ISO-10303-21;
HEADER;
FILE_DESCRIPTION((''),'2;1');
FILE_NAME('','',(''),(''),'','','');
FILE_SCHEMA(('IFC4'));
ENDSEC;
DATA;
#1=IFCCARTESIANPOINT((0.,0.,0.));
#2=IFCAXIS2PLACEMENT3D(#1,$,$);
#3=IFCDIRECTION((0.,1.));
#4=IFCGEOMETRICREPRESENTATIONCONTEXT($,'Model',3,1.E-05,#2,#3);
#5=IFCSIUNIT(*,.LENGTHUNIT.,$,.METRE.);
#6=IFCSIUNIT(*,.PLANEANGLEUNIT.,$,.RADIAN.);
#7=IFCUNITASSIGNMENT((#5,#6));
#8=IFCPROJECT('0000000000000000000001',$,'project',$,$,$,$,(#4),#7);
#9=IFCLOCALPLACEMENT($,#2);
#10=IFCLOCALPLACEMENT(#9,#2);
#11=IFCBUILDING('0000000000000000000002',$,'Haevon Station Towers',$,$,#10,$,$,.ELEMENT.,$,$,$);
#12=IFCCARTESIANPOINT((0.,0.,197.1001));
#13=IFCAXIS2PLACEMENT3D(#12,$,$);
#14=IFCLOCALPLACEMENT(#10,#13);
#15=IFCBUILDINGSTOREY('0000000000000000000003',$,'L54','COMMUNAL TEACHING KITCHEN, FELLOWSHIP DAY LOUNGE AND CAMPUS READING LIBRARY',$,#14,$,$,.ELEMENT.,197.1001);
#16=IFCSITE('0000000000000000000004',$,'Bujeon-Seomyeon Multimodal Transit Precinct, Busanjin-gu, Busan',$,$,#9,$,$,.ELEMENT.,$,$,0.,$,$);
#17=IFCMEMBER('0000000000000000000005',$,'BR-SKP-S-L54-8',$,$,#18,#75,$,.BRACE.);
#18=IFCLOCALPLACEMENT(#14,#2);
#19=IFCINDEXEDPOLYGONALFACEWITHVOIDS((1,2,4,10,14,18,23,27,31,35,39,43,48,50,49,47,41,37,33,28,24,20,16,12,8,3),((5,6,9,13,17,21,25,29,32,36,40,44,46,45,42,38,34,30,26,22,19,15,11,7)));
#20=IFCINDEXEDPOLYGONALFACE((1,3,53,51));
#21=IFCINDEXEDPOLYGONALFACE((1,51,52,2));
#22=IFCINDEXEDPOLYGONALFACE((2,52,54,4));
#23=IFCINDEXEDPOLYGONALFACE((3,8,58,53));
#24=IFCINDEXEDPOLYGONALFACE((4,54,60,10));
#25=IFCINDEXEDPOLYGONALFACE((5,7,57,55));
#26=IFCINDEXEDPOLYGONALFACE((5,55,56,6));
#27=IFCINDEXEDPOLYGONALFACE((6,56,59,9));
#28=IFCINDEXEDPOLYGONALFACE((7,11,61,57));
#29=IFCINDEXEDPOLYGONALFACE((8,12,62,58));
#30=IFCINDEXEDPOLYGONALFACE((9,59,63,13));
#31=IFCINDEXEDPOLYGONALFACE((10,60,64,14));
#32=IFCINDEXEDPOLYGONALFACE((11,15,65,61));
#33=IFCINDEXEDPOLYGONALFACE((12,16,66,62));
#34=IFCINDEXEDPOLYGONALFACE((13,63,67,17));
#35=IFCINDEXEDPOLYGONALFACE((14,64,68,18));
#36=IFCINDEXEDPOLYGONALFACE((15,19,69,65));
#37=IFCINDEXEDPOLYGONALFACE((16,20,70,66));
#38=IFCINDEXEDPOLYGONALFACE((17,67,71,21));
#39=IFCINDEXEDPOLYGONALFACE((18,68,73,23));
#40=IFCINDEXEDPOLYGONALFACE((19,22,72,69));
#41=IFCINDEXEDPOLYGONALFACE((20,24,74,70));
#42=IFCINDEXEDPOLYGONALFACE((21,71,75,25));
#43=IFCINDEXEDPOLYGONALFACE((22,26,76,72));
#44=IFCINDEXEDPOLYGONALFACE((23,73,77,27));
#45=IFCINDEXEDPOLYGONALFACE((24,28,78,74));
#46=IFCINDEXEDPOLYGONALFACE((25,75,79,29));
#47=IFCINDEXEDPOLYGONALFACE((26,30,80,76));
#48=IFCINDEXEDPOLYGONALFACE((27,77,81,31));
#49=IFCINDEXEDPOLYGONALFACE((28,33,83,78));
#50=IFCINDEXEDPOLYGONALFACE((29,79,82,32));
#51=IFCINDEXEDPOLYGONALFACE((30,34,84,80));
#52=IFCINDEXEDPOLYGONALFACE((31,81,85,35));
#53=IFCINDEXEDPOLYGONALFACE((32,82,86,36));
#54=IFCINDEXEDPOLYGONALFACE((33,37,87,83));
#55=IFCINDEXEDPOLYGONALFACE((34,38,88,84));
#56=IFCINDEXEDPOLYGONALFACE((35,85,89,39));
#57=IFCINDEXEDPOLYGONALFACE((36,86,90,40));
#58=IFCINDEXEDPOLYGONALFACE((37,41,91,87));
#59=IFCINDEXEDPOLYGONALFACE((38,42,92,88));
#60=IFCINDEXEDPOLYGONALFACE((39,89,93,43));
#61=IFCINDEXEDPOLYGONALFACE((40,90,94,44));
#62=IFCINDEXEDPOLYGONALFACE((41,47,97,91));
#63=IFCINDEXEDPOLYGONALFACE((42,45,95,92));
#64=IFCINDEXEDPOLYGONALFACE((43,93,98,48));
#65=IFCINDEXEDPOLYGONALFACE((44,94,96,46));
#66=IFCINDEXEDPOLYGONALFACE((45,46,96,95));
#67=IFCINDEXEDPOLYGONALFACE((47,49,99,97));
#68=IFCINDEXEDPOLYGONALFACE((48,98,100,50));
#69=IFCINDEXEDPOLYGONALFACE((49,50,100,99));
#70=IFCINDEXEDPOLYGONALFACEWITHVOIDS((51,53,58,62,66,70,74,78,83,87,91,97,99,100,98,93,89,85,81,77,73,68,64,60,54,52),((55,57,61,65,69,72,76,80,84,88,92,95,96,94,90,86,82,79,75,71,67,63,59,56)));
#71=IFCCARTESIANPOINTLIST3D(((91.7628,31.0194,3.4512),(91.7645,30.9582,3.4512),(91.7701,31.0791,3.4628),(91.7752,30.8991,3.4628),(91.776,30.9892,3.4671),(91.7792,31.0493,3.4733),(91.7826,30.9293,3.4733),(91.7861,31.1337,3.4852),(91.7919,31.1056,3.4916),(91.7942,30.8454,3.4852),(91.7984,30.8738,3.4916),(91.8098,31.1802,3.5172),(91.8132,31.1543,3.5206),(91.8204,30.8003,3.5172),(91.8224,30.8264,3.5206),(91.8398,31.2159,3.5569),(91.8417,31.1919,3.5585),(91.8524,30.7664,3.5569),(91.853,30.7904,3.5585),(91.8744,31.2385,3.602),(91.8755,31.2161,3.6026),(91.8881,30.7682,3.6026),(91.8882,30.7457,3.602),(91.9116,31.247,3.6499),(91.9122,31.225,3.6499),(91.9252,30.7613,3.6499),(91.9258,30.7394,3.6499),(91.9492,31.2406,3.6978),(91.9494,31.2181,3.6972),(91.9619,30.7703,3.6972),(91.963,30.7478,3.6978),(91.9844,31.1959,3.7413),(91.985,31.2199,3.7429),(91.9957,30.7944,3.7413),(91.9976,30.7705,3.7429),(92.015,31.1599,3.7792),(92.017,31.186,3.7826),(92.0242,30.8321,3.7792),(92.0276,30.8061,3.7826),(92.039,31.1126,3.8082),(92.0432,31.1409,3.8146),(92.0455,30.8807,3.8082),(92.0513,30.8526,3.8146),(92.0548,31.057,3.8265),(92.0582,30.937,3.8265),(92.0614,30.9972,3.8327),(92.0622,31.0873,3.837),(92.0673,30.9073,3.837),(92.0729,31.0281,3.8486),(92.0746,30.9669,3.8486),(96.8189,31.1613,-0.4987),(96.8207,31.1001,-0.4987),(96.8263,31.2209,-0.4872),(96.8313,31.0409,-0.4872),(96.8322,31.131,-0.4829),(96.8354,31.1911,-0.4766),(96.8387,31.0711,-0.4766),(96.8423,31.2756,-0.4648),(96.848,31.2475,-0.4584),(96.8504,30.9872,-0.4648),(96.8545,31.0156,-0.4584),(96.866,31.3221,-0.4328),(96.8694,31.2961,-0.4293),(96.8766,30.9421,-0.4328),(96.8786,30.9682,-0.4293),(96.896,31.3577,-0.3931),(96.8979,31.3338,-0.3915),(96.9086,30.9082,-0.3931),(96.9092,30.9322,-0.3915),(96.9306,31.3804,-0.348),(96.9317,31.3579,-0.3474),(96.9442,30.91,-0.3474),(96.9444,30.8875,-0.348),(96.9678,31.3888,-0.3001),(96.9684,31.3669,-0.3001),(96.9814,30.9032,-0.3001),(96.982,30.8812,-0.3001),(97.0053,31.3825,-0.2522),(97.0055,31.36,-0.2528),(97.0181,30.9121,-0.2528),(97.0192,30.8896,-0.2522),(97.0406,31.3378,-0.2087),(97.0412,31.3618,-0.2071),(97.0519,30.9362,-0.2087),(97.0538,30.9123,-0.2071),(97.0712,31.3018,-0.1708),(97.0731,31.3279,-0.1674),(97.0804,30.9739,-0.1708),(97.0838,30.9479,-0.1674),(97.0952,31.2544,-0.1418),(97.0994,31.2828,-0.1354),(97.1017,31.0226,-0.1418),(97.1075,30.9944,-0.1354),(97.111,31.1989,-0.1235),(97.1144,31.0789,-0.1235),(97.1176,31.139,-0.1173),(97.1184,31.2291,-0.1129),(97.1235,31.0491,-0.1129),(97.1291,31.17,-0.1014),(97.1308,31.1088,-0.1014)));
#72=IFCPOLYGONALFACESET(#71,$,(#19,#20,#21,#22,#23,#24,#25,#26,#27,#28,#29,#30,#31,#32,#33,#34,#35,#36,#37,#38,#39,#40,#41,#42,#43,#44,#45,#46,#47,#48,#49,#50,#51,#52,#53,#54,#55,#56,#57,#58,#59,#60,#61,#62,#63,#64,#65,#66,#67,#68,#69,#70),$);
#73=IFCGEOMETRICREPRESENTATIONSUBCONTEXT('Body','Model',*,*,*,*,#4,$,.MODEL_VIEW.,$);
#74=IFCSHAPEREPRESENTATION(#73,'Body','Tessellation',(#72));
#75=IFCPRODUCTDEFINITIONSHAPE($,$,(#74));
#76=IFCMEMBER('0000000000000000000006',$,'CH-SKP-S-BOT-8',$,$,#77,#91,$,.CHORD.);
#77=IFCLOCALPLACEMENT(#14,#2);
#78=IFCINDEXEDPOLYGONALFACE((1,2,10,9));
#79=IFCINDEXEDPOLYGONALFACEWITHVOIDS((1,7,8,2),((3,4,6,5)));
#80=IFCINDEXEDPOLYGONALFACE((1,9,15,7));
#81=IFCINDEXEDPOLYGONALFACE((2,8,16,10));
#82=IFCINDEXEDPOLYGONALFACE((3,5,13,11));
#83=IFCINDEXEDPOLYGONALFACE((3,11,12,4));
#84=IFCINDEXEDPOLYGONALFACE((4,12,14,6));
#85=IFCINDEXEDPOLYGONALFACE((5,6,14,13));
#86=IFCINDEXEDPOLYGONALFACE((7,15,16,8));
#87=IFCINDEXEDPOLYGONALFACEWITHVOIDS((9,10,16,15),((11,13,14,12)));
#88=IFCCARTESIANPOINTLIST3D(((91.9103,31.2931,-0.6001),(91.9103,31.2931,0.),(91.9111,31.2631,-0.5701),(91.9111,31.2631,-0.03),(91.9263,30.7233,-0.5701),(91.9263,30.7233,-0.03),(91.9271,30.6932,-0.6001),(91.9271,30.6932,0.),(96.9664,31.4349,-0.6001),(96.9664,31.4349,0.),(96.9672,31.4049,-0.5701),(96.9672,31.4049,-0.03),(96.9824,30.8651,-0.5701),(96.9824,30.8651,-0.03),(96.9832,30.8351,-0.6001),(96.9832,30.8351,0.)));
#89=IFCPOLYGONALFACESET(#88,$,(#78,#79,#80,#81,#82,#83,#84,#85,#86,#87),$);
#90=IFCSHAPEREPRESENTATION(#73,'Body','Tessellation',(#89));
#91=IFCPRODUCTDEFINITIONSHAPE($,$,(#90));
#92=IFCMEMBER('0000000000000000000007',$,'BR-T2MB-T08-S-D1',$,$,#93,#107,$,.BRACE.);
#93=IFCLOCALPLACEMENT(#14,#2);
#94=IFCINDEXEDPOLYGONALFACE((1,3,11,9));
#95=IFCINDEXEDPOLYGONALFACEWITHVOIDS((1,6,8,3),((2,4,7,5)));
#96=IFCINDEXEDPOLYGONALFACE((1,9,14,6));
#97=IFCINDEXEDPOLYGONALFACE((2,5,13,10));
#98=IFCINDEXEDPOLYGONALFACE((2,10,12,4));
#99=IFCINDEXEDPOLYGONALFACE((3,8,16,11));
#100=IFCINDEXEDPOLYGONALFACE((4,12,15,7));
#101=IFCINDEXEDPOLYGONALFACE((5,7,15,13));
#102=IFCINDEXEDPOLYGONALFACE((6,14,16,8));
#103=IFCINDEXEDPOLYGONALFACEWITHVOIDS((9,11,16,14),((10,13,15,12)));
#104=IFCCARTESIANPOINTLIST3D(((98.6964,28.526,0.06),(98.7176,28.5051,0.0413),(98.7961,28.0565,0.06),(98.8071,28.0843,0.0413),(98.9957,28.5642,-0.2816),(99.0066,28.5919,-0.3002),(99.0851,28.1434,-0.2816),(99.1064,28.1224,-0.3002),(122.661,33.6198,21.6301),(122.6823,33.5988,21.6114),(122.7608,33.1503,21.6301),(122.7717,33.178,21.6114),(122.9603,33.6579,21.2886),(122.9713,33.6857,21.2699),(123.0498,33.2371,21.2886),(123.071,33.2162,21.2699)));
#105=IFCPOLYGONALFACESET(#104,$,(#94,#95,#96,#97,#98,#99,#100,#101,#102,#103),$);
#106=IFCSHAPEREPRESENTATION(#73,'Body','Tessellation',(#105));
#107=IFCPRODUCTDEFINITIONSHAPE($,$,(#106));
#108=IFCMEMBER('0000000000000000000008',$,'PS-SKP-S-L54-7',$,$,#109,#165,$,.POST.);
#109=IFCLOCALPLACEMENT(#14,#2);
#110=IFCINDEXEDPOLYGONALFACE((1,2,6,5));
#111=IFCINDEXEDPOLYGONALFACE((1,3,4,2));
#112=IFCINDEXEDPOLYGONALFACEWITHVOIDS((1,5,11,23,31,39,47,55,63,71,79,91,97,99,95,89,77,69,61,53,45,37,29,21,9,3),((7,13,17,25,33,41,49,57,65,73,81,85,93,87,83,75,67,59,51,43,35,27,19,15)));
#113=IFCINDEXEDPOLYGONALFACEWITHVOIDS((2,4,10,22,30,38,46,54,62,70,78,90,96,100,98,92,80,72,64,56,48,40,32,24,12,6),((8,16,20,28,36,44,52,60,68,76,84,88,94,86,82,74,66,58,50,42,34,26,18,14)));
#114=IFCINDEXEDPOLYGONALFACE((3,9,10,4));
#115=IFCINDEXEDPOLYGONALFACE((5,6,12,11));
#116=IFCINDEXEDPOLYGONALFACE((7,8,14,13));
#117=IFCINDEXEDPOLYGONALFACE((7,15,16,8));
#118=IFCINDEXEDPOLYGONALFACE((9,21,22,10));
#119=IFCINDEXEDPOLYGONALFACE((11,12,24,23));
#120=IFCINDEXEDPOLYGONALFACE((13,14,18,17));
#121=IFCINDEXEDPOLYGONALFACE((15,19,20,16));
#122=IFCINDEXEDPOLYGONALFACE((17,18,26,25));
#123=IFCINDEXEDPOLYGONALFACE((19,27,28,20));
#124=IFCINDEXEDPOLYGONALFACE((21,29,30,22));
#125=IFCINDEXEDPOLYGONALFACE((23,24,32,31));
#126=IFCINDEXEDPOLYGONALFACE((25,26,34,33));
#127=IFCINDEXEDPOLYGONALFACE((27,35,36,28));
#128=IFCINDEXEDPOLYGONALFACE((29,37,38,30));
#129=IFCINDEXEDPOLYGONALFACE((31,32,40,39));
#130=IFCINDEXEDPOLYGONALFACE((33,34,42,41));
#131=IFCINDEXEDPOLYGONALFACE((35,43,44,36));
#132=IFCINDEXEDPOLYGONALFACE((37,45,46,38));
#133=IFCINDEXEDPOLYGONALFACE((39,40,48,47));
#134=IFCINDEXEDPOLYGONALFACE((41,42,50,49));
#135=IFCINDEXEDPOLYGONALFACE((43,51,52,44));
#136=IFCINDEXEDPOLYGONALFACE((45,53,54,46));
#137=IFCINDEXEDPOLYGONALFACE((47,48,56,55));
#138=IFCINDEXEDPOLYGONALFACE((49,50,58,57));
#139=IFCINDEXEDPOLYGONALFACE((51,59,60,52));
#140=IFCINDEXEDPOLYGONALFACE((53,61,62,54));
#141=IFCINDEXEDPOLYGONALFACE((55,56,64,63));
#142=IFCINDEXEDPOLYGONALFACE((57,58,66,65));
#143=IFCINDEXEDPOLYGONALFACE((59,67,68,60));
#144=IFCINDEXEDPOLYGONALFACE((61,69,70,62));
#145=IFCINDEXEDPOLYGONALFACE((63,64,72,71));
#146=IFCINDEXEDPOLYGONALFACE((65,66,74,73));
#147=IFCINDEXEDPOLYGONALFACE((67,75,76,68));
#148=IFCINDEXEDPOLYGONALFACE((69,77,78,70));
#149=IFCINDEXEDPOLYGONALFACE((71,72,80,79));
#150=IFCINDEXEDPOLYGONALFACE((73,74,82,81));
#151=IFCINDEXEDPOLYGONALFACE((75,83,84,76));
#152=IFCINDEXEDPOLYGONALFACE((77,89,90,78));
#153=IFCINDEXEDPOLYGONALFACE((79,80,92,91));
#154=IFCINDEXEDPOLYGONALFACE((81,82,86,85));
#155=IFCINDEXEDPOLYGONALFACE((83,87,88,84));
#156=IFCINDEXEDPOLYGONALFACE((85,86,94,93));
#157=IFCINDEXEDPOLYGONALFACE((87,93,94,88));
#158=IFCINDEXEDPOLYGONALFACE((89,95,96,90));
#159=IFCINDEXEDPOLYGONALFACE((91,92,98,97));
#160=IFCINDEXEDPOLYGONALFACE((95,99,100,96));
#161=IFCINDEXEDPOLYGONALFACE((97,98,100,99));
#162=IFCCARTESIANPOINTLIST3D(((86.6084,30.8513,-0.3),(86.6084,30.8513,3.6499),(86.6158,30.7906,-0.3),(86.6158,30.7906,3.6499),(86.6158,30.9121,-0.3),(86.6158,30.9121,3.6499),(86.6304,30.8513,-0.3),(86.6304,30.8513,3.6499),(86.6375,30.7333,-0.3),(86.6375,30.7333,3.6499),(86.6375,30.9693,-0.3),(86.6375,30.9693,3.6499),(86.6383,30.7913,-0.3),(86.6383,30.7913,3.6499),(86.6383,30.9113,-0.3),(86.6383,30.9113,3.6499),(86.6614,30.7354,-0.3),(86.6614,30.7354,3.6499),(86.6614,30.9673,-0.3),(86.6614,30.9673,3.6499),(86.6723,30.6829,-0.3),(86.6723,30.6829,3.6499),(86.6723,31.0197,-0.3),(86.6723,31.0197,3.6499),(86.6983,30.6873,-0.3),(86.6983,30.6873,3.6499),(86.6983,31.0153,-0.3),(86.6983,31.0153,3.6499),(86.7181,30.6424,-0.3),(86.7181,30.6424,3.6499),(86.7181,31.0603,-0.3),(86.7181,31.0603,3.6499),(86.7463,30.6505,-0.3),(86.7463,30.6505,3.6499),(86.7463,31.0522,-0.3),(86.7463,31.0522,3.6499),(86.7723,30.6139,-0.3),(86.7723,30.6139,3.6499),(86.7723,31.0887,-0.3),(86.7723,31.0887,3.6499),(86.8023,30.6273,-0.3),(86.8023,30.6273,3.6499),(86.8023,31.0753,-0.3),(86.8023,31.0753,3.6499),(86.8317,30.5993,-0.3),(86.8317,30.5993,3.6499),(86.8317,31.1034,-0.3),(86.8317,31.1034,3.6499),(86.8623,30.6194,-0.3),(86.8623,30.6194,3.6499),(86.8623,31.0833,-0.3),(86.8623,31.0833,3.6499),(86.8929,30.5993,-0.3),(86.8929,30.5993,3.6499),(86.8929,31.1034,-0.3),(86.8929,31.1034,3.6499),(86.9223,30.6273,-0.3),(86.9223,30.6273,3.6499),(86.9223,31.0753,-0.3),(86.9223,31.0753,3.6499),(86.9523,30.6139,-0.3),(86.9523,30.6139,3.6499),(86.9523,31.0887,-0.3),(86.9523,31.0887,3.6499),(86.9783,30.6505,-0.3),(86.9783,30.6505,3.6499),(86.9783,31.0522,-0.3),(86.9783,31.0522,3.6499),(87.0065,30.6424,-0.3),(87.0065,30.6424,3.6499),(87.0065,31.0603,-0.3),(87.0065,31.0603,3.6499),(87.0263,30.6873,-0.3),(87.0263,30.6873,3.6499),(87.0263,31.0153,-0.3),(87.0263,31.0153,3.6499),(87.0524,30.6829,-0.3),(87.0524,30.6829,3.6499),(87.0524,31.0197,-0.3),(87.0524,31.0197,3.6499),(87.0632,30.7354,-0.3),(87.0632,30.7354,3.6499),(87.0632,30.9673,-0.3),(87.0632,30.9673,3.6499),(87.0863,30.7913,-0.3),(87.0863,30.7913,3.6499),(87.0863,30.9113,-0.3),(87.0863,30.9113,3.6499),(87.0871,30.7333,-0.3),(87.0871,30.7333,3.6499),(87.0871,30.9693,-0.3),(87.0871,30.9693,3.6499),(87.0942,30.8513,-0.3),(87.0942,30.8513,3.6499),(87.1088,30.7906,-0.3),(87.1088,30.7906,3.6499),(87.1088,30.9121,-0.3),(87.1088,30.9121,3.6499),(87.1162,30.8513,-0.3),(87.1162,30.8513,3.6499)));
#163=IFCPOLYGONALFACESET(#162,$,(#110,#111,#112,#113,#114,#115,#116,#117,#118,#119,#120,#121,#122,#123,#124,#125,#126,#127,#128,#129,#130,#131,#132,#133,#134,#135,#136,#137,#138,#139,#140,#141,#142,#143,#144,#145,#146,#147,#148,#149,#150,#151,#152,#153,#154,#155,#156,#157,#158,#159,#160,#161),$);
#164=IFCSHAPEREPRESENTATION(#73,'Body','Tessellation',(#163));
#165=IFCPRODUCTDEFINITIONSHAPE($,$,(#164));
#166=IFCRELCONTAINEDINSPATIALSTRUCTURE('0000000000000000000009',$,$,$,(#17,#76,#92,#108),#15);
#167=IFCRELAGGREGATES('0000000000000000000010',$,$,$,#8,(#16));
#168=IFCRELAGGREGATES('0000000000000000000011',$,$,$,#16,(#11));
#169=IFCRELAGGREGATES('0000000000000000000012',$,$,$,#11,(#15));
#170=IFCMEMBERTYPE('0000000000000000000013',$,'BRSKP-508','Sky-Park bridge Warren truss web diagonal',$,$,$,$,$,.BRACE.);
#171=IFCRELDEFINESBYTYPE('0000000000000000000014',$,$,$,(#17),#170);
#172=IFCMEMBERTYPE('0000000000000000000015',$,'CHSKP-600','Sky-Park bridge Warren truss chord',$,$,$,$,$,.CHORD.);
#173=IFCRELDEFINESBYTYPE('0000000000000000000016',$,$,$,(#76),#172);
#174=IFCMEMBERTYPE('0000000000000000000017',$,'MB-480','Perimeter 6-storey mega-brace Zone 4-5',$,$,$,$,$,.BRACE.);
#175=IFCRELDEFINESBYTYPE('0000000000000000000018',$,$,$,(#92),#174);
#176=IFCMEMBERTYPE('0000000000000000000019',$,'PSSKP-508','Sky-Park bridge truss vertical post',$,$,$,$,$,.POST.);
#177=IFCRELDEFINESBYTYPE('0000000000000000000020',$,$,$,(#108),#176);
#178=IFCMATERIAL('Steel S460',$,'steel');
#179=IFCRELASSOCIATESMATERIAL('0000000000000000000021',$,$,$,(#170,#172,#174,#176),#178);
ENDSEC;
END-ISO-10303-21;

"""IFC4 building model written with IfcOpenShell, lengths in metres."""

from ifc_helpers import new_model, si_unit, direction, frame, origin, origin_2d, place, context, subcontext, project, spatial, hollow_rectangle, hollow_circle, extrude, material, material_profile, profile_set, type_object, element, save


model = new_model("IFC4")

# Units and contexts
model_context = context("Model", 3, precision=1e-05, world=origin(), true_north=direction((0.0, 1.0)))
body_context = subcontext(model_context, "Body", "Model", "MODEL_VIEW")
ifc_project = project(units=[si_unit("LENGTHUNIT", "METRE"), si_unit("PLANEANGLEUNIT", "RADIAN")], contexts=[model_context])

# Site, building, storey
site_placement = place(None, origin())
site = spatial("IfcSite", under=ifc_project, at=site_placement, Name="Bujeon-Seomyeon Multimodal Transit Precinct, Busanjin-gu, Busan", CompositionType="ELEMENT", RefElevation=0.0)
building_placement = place(site_placement, origin())
building = spatial("IfcBuilding", under=site, at=building_placement, Name="Haevon Station Towers", CompositionType="ELEMENT")
storey_placement = place(building_placement, frame((0.0, 0.0, 197.1001)))
storey = spatial("IfcBuildingStorey", under=building, at=storey_placement, Name="L54", Description="COMMUNAL TEACHING KITCHEN, FELLOWSHIP DAY LOUNGE AND CAMPUS READING LIBRARY", CompositionType="ELEMENT", Elevation=197.1001)

# Shared definitions
ifc_material_1 = material(Name="Steel S460", Category="steel")

# Members
ifc_material_profile_1 = material_profile(ifc_material_1, hollow_circle(Radius=0.2539, WallThickness=0.022, at=origin_2d()), Name="CHS-508x22")
ifc_profile_set_1 = profile_set([ifc_material_profile_1], Name="Steel S460")
member_type_1 = type_object("IfcMemberType", Name="BRSKP-508", Description="Sky-Park bridge Warren truss web diagonal", PredefinedType="BRACE", material=ifc_profile_set_1)
member_1_placement = place(storey_placement, frame((91.9187, 30.9932, 3.6499), z_axis=(0.787845, 0.022102, -0.615477), x_axis=(-0.028043, 0.999607, 0.0)))
element("IfcMember", 1, at=member_1_placement, inside=storey, type_object=member_type_1, Name="BR-SKP-S-L54-8", PredefinedType="BRACE", context=body_context, shape_type="SweptSolid", body=[
    extrude(hollow_circle(Radius=0.2539, WallThickness=0.022, at=origin_2d()), origin(), (0.0, 0.0, 1.0), 6.4177),
])
ifc_material_profile_2 = material_profile(ifc_material_1, hollow_rectangle(XDim=0.6001, YDim=0.6001, WallThickness=0.03, at=origin_2d()), Name="RHS-600x600x30")
ifc_profile_set_2 = profile_set([ifc_material_profile_2], Name="Steel S460")
member_type_2 = type_object("IfcMemberType", Name="CHSKP-600", Description="Sky-Park bridge Warren truss chord", PredefinedType="CHORD", material=ifc_profile_set_2)
member_2_placement = place(storey_placement, frame((91.9187, 30.9932, -0.3), z_axis=(0.999607, 0.028043, 0.0), x_axis=(-0.028043, 0.999607, 0.0)))
element("IfcMember", 2, at=member_2_placement, inside=storey, type_object=member_type_2, Name="CH-SKP-S-BOT-8", PredefinedType="CHORD", context=body_context, shape_type="SweptSolid", body=[
    extrude(hollow_rectangle(XDim=0.6001, YDim=0.6001, WallThickness=0.03, at=origin_2d()), origin(), (0.0, 0.0, 1.0), 5.0581),
])
ifc_material_profile_3 = material_profile(ifc_material_1, hollow_rectangle(XDim=0.48, YDim=0.48, WallThickness=0.0249, at=origin_2d()), Name="RHS-480x480x25")
ifc_profile_set_3 = profile_set([ifc_material_profile_3], Name="Steel S460")
member_type_3 = type_object("IfcMemberType", Name="MB-480", Description="Perimeter 6-storey mega-brace Zone 4-5", PredefinedType="BRACE", material=ifc_profile_set_3)
member_3_placement = place(storey_placement, frame((98.9014, 28.3242, -0.1201), z_axis=(0.734159, 0.156048, 0.660802), x_axis=(-0.207908, 0.978148, 0.0)))
element("IfcMember", 3, at=member_3_placement, inside=storey, type_object=member_type_3, Name="BR-T2MB-T08-S-D1", PredefinedType="BRACE", context=body_context, shape_type="SweptSolid", body=[
    extrude(hollow_rectangle(XDim=0.48, YDim=0.48, WallThickness=0.0249, at=origin_2d()), origin(), (0.0, 0.0, 1.0), 32.6423),
])
ifc_material_profile_4 = material_profile(ifc_material_1, hollow_circle(Radius=0.2539, WallThickness=0.022, at=origin_2d()), Name="CHS-508x22")
ifc_profile_set_4 = profile_set([ifc_material_profile_4], Name="Steel S460")
member_type_4 = type_object("IfcMemberType", Name="PSSKP-508", Description="Sky-Park bridge truss vertical post", PredefinedType="POST", material=ifc_profile_set_4)
for number, where, z_axis, x_axis, name in (
    (4, (86.8623, 30.8513, -0.3), (0.0, 0.0, 1.0), (1.0, 0.0, 0.0), "PS-SKP-S-L54-7"),
):
    element("IfcMember", number, at=place(storey_placement, frame(where, z_axis=z_axis, x_axis=x_axis)), inside=storey, type_object=member_type_4, Name=name, PredefinedType="POST", context=body_context, shape_type="SweptSolid", body=[
        extrude(hollow_circle(Radius=0.2539, WallThickness=0.022, at=origin_2d()), origin(), (0.0, 0.0, 1.0), 3.95),
    ])

save(model, "model.ifc")
